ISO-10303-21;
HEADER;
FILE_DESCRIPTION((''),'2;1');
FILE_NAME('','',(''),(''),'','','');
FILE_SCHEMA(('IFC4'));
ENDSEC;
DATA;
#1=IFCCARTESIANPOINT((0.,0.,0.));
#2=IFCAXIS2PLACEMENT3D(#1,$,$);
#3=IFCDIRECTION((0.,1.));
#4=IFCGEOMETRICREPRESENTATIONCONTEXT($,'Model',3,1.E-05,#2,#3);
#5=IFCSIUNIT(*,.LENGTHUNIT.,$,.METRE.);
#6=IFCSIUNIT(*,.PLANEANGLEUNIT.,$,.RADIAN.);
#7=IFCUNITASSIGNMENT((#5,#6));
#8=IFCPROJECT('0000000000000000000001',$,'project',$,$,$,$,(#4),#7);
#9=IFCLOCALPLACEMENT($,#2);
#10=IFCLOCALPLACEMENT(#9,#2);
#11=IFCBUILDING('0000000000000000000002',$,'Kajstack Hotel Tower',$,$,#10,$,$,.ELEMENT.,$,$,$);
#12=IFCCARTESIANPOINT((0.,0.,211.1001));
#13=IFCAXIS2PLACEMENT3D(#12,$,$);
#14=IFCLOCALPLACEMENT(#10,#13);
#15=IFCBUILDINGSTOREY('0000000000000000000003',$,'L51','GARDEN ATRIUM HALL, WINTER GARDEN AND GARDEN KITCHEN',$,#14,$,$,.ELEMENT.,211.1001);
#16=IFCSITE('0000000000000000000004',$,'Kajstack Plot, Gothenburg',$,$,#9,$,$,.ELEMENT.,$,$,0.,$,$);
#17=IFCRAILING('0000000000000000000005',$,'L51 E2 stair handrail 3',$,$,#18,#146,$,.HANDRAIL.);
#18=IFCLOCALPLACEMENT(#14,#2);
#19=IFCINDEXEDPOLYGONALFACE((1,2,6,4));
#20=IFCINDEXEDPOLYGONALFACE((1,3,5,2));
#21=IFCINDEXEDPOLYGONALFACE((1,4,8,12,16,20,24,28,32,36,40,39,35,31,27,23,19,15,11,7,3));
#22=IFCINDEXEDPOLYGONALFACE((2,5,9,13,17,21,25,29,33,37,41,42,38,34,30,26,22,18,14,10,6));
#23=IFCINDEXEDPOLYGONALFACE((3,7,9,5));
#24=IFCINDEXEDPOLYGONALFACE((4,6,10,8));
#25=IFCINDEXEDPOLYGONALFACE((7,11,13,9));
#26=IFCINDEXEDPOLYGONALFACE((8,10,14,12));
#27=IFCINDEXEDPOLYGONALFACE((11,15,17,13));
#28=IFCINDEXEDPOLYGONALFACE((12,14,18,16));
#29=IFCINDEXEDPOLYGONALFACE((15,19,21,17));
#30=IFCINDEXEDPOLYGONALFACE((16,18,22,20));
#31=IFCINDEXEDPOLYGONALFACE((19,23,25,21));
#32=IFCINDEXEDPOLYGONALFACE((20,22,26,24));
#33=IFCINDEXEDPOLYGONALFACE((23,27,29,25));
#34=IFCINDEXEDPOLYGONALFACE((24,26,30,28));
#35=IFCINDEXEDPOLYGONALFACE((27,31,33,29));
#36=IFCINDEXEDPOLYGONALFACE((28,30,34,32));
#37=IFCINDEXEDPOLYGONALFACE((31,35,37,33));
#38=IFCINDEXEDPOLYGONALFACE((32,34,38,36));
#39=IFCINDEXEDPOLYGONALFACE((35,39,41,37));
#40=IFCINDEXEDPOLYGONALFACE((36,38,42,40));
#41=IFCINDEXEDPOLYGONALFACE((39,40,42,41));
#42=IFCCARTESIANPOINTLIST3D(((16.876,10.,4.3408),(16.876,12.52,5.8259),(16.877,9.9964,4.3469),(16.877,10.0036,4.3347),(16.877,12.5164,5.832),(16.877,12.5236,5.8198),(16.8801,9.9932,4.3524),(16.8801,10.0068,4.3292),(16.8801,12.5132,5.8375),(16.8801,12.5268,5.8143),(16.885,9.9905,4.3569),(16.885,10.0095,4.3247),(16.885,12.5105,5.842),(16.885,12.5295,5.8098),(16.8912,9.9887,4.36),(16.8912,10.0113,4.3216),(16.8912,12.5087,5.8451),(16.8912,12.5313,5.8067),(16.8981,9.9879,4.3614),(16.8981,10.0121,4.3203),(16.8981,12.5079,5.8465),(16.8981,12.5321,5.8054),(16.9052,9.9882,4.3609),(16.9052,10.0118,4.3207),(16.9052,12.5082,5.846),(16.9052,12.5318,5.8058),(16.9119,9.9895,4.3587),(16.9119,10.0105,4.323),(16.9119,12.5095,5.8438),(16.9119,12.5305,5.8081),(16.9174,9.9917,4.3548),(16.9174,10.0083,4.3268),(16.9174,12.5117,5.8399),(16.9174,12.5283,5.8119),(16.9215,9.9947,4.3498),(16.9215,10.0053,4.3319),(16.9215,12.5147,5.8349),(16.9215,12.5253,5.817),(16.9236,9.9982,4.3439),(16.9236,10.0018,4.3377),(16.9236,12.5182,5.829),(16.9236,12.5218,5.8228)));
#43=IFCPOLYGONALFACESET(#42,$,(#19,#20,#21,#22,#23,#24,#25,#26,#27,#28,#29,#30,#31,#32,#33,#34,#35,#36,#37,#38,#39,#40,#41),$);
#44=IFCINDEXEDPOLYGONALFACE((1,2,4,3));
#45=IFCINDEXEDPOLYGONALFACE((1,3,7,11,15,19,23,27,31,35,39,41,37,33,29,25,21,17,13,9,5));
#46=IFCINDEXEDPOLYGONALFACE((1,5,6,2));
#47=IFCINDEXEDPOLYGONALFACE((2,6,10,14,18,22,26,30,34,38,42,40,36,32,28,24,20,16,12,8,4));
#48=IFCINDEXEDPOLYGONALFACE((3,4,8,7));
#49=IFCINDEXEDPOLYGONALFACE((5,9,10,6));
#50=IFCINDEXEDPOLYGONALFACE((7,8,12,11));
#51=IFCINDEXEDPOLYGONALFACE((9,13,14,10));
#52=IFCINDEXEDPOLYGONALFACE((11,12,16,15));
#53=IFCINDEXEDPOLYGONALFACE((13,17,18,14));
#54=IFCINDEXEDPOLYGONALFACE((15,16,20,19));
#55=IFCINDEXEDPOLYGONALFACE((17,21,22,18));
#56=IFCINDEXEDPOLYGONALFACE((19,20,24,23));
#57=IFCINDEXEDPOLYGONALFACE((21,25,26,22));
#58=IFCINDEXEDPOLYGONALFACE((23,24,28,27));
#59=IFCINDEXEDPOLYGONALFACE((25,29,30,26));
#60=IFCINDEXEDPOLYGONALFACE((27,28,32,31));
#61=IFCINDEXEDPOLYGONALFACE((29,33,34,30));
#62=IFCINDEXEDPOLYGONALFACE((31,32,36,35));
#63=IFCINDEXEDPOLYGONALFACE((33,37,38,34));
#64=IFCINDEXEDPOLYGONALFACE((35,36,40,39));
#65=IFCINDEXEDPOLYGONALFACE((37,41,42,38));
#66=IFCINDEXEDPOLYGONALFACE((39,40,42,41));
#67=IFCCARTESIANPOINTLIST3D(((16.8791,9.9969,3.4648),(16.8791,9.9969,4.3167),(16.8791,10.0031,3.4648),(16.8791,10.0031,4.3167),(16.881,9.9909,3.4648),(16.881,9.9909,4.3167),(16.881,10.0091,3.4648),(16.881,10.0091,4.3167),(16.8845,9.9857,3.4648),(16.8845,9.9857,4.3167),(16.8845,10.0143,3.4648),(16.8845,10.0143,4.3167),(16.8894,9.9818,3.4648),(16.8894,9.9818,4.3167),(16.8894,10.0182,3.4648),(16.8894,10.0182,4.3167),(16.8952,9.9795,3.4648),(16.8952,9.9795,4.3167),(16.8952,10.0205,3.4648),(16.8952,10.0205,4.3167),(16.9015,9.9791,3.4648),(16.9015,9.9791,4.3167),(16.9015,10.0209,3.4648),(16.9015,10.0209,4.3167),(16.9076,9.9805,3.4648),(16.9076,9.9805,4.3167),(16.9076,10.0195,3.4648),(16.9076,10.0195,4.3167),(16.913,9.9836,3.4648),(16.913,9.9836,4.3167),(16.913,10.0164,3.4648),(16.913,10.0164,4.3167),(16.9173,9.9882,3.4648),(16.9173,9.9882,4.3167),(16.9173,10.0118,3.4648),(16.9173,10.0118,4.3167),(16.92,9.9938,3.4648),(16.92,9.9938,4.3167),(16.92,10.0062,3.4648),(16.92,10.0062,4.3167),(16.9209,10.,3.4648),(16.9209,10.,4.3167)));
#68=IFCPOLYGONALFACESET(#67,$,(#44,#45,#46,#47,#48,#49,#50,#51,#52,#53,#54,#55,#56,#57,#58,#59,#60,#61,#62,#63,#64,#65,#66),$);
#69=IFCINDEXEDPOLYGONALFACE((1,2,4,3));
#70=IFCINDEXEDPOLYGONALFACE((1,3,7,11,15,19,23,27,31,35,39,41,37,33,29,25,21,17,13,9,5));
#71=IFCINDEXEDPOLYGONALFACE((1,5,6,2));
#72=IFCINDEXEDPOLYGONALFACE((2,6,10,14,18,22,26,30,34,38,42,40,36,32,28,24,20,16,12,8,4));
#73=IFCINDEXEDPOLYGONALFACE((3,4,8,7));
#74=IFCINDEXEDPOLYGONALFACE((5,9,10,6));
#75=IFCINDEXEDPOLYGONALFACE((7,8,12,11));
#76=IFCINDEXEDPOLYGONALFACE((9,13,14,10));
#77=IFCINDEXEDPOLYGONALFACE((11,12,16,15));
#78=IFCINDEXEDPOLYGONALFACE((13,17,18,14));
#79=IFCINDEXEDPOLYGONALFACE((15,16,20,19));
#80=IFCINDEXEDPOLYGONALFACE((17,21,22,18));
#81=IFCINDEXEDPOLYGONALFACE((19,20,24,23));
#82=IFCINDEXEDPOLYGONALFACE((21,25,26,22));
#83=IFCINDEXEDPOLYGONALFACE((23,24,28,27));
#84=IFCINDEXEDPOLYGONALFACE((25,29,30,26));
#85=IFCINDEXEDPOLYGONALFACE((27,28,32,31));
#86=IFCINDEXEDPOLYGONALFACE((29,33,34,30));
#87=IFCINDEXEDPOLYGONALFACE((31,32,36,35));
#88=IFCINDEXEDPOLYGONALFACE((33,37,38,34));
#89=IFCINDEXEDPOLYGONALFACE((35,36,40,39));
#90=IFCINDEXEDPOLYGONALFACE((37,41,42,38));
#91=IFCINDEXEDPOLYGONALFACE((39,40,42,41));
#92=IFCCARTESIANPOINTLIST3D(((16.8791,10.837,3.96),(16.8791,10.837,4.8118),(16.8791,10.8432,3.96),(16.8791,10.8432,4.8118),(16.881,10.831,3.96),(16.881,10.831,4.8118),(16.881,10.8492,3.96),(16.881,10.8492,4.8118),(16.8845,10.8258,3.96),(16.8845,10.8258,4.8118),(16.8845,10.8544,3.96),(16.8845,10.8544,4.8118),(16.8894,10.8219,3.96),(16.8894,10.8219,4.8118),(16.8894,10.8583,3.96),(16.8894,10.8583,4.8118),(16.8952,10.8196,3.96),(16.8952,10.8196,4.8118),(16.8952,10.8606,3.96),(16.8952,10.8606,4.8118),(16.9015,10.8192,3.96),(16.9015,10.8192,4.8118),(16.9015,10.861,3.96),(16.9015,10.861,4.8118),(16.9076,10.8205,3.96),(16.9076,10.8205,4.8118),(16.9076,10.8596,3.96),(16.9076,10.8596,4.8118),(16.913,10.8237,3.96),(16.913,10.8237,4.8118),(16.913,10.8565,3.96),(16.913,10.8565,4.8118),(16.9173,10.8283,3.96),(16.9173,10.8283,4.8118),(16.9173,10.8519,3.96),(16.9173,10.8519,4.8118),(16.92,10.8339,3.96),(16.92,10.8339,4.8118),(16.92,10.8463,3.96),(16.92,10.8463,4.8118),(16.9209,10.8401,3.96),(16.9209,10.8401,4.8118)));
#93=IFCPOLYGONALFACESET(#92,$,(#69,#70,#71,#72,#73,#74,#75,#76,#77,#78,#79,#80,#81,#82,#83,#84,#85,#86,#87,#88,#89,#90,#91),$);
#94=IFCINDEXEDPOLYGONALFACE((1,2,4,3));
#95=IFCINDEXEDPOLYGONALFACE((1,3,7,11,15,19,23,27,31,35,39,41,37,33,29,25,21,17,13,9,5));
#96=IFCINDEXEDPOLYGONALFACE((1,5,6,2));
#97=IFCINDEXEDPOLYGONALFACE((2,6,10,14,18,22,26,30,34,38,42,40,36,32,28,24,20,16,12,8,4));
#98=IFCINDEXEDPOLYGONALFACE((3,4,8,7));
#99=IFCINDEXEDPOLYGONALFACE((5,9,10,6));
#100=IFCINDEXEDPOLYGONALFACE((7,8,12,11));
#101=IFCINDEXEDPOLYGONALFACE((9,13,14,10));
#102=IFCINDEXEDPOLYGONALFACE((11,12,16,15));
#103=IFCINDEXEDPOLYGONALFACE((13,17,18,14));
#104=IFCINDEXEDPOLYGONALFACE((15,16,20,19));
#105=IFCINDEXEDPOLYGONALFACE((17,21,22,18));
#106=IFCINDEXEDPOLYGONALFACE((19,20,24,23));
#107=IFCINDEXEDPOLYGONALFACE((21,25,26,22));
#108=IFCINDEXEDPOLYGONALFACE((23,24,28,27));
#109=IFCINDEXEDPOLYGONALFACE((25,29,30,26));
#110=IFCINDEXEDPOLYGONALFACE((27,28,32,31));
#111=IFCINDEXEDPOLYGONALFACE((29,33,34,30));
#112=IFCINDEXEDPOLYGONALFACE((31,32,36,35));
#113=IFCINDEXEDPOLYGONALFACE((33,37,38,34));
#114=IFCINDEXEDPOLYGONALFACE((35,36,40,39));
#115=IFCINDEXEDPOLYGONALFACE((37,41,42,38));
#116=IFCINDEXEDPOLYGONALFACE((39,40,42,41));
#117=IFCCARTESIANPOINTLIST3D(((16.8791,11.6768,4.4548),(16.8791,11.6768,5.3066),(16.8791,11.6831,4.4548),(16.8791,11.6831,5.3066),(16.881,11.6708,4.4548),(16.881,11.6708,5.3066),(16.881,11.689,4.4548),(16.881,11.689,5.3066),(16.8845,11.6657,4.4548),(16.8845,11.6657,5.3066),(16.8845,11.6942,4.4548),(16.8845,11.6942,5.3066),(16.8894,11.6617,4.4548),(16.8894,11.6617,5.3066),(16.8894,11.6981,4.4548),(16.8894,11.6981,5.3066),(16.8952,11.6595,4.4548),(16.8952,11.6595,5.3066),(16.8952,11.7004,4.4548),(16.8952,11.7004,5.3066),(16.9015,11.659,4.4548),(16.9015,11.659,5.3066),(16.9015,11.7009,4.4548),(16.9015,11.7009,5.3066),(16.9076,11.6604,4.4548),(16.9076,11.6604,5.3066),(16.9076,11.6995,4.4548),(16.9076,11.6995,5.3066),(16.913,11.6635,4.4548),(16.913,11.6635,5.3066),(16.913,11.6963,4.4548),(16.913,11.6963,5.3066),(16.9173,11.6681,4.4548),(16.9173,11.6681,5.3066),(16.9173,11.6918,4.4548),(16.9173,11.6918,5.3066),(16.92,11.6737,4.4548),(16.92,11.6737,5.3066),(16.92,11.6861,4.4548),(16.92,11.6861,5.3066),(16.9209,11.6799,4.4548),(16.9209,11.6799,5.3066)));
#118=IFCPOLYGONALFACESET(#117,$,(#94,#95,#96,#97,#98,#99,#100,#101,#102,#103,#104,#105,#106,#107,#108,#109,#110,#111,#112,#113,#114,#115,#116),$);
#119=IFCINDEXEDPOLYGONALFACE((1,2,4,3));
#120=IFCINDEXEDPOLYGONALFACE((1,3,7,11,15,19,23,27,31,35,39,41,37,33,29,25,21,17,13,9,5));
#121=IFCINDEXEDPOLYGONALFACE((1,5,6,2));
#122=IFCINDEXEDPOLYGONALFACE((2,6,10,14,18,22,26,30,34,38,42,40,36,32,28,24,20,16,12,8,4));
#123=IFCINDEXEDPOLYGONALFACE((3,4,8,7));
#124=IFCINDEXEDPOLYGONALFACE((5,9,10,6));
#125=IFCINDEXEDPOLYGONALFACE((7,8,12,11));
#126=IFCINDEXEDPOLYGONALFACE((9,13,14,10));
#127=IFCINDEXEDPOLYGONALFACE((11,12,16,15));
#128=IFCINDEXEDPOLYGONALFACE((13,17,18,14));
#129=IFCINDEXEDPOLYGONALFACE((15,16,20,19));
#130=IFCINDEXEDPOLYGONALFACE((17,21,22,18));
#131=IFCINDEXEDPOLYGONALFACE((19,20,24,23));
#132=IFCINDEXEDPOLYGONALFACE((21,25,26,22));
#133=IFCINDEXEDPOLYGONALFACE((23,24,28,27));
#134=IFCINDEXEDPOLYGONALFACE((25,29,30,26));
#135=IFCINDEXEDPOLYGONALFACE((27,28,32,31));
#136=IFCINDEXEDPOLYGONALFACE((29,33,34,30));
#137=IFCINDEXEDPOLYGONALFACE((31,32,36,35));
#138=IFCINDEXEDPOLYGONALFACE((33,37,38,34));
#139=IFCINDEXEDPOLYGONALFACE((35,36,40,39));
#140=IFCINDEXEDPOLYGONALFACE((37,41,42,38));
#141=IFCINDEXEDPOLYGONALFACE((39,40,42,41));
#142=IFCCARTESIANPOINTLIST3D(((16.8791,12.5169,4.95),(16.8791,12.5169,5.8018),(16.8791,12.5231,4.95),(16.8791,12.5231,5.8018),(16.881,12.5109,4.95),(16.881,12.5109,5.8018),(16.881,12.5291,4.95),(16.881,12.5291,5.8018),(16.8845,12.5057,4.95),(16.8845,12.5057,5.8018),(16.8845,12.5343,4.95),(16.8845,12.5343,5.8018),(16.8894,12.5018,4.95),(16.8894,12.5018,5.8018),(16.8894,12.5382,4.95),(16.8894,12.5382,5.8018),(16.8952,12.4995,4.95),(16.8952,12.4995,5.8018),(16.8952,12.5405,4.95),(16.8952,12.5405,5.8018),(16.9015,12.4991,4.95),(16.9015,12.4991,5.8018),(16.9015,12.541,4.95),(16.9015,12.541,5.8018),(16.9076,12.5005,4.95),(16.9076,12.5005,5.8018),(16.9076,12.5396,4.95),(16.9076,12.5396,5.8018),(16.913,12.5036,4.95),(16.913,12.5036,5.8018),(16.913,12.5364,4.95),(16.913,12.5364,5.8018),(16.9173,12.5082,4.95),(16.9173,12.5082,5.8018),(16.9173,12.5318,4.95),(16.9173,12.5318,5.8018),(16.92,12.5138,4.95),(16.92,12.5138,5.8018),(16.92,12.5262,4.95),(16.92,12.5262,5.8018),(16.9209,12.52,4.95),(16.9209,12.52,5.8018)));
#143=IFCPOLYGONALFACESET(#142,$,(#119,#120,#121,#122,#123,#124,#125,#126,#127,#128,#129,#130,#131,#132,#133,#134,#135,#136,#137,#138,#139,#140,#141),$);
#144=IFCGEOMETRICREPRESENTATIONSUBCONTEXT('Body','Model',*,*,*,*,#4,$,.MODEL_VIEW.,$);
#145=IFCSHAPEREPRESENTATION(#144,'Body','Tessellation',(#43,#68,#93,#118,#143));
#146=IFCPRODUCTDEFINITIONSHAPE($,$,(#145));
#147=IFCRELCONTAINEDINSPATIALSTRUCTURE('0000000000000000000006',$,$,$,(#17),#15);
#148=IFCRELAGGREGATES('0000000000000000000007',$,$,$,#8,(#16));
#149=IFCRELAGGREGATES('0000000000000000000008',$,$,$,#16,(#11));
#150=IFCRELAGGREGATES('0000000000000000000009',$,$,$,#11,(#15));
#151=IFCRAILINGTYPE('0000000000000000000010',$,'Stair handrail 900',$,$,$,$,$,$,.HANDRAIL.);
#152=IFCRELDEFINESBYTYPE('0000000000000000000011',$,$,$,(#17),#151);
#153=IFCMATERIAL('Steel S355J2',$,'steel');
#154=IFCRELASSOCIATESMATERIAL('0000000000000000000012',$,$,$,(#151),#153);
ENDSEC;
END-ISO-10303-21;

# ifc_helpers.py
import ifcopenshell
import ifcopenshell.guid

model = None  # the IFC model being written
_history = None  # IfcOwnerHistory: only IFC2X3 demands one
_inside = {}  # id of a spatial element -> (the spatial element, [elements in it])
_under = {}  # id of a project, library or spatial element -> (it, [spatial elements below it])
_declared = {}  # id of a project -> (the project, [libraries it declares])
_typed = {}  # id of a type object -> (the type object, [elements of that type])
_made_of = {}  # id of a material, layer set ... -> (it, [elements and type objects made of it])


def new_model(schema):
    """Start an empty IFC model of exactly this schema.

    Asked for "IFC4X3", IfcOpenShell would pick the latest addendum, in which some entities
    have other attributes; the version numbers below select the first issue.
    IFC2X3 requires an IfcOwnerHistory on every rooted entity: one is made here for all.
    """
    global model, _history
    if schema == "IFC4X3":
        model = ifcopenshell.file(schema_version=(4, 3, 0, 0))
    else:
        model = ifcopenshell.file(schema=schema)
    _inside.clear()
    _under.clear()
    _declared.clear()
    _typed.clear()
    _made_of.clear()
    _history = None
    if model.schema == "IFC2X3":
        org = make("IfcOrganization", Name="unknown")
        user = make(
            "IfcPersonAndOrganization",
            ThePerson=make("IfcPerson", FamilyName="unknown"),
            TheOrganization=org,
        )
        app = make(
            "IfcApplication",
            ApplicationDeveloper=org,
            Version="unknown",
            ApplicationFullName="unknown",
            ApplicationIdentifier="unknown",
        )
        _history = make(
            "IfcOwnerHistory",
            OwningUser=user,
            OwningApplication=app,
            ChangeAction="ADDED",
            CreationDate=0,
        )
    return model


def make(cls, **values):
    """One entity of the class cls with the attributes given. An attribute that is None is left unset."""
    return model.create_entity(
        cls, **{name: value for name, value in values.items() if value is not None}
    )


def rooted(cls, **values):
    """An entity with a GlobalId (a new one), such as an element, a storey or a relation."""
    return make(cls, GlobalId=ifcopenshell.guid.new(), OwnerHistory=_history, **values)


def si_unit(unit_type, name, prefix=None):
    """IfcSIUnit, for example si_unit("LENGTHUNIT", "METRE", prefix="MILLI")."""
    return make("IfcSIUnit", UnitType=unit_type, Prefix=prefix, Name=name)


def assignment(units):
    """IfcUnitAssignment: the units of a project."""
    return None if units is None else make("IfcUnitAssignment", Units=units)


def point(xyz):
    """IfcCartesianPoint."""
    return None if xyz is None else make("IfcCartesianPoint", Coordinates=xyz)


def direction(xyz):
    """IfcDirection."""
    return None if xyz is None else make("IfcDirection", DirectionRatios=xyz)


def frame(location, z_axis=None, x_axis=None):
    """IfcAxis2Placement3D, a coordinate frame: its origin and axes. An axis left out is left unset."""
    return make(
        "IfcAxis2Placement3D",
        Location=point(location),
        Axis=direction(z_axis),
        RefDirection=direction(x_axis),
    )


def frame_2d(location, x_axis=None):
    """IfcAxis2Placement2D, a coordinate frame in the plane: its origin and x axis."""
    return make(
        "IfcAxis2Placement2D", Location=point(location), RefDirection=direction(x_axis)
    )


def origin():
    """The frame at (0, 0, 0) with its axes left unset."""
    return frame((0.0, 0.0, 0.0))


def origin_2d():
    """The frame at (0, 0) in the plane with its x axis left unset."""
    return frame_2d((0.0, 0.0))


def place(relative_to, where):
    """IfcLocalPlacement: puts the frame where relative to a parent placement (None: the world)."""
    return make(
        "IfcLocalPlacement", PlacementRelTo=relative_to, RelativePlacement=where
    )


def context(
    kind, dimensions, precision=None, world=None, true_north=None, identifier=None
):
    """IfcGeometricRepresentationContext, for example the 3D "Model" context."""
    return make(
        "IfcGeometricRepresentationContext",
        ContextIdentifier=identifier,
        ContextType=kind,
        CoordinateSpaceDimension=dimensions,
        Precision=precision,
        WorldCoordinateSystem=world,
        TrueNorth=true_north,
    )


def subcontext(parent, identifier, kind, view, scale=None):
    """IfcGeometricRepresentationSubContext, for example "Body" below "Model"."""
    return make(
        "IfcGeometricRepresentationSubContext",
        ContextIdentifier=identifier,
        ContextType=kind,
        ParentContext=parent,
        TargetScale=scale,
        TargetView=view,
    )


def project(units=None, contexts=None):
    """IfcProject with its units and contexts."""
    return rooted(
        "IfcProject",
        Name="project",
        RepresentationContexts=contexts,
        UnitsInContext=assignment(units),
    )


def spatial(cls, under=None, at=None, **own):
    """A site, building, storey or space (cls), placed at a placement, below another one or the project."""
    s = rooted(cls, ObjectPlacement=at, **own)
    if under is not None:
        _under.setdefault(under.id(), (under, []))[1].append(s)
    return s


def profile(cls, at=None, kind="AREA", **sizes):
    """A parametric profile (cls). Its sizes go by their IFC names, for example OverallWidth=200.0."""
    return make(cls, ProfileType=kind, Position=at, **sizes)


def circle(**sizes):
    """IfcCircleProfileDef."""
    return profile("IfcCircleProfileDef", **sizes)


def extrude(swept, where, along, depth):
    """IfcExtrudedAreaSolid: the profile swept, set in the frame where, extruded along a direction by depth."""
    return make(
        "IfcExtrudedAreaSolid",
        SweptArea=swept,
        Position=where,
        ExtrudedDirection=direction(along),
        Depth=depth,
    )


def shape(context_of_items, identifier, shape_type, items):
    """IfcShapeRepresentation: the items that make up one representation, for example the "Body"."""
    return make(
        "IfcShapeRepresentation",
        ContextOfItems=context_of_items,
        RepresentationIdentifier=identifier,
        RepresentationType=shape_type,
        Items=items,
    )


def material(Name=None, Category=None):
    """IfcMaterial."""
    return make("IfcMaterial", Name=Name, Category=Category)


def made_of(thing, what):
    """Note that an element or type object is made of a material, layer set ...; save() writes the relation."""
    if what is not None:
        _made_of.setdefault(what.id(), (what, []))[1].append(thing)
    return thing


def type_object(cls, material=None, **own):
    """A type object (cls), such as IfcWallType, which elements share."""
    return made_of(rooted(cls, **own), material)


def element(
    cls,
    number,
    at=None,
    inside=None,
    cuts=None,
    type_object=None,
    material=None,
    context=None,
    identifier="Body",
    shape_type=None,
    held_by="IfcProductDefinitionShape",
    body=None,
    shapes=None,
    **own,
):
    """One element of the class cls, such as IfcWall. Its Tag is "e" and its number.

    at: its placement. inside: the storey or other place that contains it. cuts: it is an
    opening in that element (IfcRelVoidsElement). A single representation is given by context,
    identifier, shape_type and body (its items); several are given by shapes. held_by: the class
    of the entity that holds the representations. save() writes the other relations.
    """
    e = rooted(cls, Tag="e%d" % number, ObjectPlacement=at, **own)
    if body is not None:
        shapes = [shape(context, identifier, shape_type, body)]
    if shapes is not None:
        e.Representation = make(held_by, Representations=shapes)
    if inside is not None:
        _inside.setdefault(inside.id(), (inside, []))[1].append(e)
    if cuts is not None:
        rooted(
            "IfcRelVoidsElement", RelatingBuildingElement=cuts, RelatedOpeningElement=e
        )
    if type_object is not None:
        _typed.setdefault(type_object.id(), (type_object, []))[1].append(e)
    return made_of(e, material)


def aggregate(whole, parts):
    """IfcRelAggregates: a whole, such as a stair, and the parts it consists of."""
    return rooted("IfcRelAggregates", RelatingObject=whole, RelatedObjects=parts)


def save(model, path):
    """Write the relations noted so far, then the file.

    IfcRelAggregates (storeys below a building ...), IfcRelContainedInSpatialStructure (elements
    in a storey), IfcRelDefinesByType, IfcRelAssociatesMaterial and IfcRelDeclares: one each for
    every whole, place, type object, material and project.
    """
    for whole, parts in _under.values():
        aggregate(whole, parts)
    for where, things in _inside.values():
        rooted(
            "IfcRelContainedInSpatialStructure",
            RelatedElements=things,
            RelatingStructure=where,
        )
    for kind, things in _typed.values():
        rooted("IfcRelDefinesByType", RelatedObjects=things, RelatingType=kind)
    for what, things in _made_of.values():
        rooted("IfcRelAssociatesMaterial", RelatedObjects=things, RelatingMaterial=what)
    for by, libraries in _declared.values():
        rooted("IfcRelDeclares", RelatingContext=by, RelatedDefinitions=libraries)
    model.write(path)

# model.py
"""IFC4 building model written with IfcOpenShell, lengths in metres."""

from ifc_helpers import new_model, si_unit, direction, frame, origin, origin_2d, place, context, subcontext, project, spatial, circle, extrude, material, type_object, element, save


model = new_model("IFC4")

# Units and contexts
model_context = context("Model", 3, precision=1e-05, world=origin(), true_north=direction((0.0, 1.0)))
body_context = subcontext(model_context, "Body", "Model", "MODEL_VIEW")
ifc_project = project(units=[si_unit("LENGTHUNIT", "METRE"), si_unit("PLANEANGLEUNIT", "RADIAN")], contexts=[model_context])

# Site, building, storey
site_placement = place(None, origin())
site = spatial("IfcSite", under=ifc_project, at=site_placement, Name="Kajstack Plot, Gothenburg", CompositionType="ELEMENT", RefElevation=0.0)
building_placement = place(site_placement, origin())
building = spatial("IfcBuilding", under=site, at=building_placement, Name="Kajstack Hotel Tower", CompositionType="ELEMENT")
storey_placement = place(building_placement, frame((0.0, 0.0, 211.1001)))
storey = spatial("IfcBuildingStorey", under=building, at=storey_placement, Name="L51", Description="GARDEN ATRIUM HALL, WINTER GARDEN AND GARDEN KITCHEN", CompositionType="ELEMENT", Elevation=211.1001)

# Railing
ifc_material_1 = material(Name="Steel S355J2", Category="steel")
railing_type_1 = type_object("IfcRailingType", Name="Stair handrail 900", PredefinedType="HANDRAIL", material=ifc_material_1)
for number, where, name in (
    (1, (16.8999, 10.0, 3.4648), "L51 E2 stair handrail 3"),
):
    element("IfcRailing", number, at=place(storey_placement, frame(where)), inside=storey, type_object=railing_type_1, Name=name, PredefinedType="HANDRAIL", context=body_context, shape_type="SweptSolid", body=[
        extrude(circle(Radius=0.0239, at=origin_2d()), frame((0.0, 0.0, 0.876), z_axis=(0.0, 0.861524, 0.507717), x_axis=(-1.0, 0.0, 0.0)), (0.0, 0.0, 1.0), 2.925),
        extrude(circle(Radius=0.021, at=origin_2d()), origin(), (0.0, 0.0, 1.0), 0.8518),
        extrude(circle(Radius=0.021, at=origin_2d()), frame((0.0, 0.8401, 0.4951)), (0.0, 0.0, 1.0), 0.8518),
        extrude(circle(Radius=0.021, at=origin_2d()), frame((0.0, 1.6799, 0.99)), (0.0, 0.0, 1.0), 0.8518),
        extrude(circle(Radius=0.021, at=origin_2d()), frame((0.0, 2.52, 1.4851)), (0.0, 0.0, 1.0), 0.8518),
    ])

save(model, "model.ifc")
